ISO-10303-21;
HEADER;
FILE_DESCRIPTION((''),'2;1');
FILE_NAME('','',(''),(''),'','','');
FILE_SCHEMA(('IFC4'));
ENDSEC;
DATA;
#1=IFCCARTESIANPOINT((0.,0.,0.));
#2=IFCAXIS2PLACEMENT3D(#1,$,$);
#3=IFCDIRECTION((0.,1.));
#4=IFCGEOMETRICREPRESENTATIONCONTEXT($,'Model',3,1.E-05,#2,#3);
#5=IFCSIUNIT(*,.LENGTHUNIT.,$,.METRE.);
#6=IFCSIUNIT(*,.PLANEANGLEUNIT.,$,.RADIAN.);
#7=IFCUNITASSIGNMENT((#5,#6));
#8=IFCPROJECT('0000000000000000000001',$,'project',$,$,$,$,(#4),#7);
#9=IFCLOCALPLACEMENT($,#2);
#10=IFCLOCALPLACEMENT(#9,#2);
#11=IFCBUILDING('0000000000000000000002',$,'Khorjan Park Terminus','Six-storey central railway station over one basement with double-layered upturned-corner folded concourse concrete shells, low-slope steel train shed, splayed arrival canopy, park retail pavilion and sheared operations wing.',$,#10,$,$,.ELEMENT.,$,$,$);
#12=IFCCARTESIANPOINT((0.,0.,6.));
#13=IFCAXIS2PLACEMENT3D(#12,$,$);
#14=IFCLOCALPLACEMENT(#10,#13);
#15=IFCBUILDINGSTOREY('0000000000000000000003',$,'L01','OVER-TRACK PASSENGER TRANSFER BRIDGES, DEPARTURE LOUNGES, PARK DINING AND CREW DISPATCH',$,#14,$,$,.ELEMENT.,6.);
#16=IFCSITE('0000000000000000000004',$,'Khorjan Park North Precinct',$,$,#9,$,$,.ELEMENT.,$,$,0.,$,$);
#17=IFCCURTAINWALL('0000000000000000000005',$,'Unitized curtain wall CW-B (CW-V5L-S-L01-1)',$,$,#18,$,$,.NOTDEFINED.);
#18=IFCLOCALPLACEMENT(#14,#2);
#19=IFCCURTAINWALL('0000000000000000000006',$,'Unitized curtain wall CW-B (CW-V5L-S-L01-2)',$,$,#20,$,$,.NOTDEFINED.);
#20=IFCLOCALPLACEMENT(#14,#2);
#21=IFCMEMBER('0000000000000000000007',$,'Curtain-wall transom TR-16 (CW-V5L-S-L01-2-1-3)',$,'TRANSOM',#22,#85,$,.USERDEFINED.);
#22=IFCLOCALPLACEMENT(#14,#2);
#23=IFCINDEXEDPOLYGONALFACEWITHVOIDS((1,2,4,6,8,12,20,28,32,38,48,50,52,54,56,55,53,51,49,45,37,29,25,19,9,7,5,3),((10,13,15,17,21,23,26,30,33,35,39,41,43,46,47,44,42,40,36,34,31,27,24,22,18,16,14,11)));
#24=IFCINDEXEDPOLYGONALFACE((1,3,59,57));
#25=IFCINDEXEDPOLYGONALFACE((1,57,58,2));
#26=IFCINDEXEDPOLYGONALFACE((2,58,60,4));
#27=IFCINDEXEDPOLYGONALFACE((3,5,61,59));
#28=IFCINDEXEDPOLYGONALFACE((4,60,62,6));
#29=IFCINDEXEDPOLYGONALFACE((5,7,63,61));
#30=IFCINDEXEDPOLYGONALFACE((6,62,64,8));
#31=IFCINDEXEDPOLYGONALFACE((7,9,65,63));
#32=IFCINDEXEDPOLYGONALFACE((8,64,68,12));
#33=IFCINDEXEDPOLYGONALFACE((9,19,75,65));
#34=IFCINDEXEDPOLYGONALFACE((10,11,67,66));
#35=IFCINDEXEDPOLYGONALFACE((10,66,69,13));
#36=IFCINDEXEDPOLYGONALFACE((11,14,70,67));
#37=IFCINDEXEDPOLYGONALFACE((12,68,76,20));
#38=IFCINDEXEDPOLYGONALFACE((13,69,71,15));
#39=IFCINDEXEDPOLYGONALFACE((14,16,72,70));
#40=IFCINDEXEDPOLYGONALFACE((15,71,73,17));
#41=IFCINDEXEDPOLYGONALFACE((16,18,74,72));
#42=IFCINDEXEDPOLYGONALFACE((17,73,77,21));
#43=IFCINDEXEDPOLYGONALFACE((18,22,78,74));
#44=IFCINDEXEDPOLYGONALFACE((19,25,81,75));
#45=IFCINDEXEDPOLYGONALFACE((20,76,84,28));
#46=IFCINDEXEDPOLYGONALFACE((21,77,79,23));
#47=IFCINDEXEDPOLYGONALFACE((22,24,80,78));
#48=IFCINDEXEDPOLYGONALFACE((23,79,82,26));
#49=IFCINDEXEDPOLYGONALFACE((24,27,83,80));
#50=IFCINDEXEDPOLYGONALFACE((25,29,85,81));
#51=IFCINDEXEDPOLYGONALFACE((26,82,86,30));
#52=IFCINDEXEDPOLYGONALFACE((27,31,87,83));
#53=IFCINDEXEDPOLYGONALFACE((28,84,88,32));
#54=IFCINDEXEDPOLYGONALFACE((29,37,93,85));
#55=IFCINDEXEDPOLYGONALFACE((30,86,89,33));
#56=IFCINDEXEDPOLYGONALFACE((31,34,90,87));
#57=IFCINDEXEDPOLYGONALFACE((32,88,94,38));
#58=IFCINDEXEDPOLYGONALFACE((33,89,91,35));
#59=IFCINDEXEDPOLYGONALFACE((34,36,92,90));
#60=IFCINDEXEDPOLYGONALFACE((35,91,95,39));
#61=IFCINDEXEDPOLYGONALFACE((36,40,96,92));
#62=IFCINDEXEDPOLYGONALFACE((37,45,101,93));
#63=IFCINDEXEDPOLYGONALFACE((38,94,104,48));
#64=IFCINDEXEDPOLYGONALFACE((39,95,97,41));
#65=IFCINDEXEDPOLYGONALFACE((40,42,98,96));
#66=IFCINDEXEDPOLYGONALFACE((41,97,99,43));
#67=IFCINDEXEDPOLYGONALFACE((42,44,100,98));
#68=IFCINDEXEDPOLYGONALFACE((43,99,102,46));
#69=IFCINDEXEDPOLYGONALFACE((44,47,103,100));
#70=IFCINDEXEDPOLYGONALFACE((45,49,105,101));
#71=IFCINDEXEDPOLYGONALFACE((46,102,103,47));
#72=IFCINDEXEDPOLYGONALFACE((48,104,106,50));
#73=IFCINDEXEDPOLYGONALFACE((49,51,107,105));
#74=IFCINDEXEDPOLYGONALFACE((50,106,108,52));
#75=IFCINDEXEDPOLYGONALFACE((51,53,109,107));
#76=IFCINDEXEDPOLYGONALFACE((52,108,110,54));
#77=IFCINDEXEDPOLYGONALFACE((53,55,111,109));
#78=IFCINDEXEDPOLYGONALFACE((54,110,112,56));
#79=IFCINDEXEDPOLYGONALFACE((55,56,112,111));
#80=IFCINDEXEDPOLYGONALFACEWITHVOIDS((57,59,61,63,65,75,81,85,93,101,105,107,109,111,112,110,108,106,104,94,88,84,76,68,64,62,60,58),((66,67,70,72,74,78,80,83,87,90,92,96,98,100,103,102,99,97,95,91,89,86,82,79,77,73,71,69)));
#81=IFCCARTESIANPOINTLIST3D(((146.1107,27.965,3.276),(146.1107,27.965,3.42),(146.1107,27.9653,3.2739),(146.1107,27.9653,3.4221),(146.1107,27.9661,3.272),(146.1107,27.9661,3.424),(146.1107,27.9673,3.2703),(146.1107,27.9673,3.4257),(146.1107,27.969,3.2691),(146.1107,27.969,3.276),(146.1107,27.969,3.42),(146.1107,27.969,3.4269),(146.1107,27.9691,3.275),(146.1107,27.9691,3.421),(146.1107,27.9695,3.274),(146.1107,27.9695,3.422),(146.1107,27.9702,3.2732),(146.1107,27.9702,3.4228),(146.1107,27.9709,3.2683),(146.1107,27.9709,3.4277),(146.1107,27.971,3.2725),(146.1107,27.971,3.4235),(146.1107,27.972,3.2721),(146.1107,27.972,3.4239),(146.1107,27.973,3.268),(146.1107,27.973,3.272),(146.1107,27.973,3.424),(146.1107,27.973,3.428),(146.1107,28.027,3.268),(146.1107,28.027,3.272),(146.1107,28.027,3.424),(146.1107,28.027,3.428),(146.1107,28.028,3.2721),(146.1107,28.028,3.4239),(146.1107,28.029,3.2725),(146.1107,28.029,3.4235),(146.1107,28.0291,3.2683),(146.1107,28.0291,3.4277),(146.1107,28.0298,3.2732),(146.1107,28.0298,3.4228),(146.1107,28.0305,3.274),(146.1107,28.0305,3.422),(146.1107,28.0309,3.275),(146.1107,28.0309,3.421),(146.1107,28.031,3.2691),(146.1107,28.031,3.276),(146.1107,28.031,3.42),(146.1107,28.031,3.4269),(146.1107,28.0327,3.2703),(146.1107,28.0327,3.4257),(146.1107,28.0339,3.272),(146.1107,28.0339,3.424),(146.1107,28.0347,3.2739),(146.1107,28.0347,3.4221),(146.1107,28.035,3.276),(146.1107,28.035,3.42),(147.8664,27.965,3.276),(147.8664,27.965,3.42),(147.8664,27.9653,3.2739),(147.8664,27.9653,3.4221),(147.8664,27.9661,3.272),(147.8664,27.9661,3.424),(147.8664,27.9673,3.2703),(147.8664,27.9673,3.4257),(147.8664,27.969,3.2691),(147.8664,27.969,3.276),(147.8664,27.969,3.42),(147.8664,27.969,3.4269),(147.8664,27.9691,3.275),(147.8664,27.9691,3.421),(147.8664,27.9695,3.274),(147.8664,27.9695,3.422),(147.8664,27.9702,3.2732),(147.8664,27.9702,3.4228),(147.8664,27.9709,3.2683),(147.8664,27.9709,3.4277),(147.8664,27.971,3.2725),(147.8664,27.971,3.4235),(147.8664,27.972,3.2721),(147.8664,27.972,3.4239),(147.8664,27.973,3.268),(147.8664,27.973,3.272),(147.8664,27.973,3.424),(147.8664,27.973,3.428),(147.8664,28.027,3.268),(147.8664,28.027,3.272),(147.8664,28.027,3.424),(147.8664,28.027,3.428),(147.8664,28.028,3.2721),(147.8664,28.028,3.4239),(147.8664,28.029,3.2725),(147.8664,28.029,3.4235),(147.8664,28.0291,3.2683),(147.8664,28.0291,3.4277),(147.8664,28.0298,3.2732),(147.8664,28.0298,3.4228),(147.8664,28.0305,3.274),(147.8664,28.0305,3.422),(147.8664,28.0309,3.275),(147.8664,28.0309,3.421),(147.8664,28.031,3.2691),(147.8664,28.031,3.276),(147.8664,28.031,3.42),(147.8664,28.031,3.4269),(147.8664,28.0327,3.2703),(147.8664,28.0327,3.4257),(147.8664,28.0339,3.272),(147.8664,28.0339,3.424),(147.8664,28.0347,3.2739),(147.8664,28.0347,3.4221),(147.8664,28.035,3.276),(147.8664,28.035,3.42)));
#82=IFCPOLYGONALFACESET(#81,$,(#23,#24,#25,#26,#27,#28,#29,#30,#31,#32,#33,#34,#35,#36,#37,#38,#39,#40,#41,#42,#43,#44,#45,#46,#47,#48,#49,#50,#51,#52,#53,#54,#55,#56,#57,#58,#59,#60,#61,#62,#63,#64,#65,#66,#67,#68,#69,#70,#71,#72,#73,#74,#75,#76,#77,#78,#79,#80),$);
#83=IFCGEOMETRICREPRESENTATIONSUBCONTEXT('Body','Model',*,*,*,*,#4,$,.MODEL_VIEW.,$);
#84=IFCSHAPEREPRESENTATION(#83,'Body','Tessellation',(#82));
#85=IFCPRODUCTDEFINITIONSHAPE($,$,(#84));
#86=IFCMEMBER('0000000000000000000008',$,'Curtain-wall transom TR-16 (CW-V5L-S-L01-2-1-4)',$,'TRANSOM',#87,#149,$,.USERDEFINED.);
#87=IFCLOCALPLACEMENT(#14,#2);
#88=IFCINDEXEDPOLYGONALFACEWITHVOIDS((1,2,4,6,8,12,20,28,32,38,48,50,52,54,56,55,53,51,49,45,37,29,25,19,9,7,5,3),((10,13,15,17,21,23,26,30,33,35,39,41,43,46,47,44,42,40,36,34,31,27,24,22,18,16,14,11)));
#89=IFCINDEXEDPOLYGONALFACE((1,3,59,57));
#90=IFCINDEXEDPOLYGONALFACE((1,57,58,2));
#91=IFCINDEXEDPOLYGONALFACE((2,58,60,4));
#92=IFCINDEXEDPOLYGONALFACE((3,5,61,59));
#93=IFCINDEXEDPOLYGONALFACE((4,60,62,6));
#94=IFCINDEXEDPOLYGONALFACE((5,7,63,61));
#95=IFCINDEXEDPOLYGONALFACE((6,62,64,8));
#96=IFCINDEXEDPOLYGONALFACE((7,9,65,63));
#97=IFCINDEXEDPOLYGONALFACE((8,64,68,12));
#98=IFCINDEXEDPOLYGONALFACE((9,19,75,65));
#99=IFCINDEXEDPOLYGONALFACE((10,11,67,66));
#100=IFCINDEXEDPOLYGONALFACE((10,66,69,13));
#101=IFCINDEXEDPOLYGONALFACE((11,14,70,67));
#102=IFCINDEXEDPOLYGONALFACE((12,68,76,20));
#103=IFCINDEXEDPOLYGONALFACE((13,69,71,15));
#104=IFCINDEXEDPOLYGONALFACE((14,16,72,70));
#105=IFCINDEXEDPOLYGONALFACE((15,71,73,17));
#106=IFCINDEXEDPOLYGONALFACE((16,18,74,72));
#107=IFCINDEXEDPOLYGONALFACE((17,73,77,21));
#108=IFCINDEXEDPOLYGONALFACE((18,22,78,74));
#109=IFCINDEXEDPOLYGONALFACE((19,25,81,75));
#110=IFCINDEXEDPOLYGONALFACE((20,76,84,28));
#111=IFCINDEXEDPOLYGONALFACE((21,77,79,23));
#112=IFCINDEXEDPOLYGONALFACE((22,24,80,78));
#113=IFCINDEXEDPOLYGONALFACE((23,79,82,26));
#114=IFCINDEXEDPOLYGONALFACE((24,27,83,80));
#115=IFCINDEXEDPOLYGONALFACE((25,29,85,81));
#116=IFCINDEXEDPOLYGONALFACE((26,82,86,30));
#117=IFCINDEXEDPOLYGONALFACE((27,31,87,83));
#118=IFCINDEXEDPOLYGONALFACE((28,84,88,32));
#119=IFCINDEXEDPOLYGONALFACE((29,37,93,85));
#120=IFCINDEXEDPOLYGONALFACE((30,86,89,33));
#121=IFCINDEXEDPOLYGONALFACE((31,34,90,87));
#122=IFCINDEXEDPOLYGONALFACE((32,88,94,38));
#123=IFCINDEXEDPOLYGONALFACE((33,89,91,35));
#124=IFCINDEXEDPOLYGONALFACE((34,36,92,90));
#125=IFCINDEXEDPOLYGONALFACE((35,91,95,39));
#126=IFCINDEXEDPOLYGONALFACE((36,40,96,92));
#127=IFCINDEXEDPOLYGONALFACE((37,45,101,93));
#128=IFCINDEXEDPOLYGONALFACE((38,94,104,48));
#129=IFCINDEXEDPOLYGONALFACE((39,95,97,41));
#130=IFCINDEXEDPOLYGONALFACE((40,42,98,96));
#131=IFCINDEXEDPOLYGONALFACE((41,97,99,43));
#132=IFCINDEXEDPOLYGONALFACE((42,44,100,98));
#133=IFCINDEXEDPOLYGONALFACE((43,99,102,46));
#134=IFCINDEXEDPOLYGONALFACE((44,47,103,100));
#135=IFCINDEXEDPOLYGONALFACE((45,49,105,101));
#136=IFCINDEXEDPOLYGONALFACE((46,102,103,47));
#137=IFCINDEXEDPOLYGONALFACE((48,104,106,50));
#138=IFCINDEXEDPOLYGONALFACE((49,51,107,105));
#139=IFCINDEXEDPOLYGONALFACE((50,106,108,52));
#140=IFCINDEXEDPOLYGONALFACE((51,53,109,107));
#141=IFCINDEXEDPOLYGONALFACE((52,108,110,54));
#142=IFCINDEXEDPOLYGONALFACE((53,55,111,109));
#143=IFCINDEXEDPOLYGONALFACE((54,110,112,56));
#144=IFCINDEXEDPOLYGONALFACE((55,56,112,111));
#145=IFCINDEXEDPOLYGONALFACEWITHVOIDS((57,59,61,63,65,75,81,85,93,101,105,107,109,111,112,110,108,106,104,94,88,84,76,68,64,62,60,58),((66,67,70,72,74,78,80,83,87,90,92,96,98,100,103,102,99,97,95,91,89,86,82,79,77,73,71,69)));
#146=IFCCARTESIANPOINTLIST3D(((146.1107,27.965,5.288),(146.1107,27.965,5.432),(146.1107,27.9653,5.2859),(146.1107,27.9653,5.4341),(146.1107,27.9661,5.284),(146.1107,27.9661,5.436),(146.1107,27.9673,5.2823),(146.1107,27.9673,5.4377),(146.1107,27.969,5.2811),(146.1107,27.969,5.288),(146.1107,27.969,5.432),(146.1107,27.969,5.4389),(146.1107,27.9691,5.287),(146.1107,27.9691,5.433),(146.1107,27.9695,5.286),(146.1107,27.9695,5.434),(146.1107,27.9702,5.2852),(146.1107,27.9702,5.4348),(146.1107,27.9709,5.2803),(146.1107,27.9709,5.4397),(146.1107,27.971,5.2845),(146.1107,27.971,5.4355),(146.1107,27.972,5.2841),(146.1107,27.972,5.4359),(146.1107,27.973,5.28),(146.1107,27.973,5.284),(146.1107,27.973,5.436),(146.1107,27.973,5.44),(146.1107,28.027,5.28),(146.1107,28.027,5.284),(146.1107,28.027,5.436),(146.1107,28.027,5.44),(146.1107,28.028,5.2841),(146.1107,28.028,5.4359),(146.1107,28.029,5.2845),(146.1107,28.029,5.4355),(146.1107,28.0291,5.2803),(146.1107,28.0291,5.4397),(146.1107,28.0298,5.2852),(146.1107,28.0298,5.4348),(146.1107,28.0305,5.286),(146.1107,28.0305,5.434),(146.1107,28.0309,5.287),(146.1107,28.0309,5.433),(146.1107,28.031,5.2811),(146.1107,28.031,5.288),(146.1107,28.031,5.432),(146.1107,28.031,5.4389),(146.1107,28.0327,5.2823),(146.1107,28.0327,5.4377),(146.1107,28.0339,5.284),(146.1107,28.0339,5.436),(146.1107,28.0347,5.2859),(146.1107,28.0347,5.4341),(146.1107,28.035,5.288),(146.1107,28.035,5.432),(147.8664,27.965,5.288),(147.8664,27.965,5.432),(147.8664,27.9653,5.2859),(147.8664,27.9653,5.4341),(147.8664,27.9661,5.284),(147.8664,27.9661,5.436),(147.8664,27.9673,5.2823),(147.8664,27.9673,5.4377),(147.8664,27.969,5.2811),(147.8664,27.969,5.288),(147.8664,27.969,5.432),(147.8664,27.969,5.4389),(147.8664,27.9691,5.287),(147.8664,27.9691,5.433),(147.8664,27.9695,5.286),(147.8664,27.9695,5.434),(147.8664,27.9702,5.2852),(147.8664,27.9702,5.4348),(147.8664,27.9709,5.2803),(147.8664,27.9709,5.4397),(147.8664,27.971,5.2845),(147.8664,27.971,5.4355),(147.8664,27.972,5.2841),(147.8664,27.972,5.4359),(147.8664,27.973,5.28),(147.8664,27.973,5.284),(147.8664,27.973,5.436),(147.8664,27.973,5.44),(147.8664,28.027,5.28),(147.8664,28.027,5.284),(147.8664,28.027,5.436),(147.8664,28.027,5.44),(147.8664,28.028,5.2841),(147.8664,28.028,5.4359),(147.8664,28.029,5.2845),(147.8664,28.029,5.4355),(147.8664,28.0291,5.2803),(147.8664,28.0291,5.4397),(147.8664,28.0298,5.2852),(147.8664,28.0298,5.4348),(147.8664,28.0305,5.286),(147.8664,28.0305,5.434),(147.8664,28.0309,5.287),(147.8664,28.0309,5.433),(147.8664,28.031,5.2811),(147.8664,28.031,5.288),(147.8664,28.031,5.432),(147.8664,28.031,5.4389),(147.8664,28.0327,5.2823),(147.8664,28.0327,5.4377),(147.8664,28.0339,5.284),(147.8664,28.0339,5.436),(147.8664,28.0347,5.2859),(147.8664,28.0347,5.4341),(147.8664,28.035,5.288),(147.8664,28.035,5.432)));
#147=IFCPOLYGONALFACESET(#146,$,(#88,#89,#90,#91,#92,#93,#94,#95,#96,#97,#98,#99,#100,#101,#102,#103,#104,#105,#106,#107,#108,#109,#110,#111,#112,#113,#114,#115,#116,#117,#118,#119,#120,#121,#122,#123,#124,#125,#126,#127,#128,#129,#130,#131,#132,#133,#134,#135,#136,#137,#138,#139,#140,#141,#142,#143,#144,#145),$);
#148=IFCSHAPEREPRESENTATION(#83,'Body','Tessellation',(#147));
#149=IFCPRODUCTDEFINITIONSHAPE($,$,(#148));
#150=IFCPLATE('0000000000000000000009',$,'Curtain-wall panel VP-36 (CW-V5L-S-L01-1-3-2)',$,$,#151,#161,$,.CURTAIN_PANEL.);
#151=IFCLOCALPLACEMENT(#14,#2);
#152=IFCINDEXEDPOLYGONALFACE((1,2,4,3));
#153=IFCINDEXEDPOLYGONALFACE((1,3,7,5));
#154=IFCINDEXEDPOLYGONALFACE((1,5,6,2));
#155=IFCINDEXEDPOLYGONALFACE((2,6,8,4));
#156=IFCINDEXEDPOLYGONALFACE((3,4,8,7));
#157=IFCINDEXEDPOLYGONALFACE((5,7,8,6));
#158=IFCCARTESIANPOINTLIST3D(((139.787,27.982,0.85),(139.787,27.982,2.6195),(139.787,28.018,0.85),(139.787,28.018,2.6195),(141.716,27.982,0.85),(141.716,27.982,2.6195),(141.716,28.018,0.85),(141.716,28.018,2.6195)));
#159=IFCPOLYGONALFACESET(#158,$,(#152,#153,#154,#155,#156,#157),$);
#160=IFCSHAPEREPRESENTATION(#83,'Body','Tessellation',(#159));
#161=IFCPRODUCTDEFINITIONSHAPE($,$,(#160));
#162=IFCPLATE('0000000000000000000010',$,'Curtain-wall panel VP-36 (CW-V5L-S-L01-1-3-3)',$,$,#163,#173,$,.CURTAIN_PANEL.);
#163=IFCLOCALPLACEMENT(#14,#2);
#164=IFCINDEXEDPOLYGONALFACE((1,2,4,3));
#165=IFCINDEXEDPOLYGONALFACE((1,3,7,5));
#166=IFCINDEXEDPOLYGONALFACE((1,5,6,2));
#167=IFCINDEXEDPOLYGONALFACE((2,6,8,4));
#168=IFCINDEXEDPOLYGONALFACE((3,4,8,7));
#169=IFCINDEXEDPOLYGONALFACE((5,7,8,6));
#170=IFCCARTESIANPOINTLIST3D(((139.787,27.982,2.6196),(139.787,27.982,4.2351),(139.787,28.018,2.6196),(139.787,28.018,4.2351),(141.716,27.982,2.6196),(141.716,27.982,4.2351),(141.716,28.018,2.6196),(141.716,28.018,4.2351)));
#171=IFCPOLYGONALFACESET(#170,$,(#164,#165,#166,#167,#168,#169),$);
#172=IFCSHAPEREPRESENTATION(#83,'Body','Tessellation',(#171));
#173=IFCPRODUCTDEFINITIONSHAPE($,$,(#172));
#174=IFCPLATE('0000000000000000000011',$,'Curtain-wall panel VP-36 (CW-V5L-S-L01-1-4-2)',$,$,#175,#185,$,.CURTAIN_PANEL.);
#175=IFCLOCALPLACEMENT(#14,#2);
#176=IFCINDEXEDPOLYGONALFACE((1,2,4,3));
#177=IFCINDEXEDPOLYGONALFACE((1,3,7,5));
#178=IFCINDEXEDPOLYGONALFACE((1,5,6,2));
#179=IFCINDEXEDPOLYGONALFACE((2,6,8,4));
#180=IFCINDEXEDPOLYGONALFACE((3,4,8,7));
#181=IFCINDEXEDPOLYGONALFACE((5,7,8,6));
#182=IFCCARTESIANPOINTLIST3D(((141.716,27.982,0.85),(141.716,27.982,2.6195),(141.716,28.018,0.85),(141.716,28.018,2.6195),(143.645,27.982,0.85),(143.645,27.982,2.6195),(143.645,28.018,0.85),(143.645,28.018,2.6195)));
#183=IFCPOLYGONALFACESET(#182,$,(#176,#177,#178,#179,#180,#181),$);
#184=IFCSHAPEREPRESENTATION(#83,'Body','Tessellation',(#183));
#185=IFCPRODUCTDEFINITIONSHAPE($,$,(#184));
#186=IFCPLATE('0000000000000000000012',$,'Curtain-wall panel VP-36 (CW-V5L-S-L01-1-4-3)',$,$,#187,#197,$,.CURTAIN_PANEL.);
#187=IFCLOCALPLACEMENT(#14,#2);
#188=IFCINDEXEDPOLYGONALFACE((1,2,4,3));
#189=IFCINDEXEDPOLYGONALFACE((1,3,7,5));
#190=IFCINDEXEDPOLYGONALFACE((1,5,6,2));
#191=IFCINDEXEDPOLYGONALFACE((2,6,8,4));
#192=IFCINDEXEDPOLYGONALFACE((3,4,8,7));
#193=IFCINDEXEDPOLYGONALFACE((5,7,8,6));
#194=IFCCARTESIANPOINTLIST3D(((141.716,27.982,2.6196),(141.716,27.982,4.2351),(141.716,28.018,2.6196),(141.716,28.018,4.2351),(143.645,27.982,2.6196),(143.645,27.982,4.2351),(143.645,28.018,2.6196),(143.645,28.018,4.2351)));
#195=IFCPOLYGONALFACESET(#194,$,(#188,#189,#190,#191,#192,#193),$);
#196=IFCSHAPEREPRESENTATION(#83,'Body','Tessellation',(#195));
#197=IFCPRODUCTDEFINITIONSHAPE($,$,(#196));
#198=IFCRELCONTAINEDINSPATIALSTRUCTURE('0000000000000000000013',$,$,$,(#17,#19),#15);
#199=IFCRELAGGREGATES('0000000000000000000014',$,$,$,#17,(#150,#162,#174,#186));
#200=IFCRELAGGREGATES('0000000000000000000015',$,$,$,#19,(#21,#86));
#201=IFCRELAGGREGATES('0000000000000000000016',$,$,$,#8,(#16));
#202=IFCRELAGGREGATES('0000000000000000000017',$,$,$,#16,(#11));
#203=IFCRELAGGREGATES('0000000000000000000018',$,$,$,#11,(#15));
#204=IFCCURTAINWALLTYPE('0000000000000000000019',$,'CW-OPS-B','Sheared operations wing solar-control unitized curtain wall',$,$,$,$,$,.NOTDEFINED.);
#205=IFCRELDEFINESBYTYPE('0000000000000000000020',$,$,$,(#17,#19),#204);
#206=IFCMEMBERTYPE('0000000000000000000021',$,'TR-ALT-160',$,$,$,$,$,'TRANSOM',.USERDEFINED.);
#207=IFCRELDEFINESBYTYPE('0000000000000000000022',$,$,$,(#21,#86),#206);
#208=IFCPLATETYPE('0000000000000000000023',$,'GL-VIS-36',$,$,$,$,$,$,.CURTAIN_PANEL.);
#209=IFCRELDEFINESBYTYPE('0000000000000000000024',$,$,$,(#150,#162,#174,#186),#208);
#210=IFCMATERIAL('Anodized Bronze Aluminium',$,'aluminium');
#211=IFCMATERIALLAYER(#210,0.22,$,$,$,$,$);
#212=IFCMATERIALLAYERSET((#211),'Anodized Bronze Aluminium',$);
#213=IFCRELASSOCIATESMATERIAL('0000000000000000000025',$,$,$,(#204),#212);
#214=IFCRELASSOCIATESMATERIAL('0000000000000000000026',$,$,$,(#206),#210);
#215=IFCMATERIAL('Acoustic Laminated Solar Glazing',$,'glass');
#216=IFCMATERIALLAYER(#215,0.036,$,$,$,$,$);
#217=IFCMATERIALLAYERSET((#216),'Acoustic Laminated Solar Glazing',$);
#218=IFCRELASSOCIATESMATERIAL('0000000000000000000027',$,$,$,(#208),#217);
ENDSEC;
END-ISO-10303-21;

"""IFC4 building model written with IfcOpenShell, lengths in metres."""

from ifc_helpers import new_model, si_unit, direction, frame, origin, origin_2d, place, context, subcontext, project, spatial, rectangle, hollow_rectangle, extrude, material, layer, layer_set, material_profile, profile_set, type_object, element, aggregate, save


model = new_model("IFC4")

# Units and contexts
model_context = context("Model", 3, precision=1e-05, world=origin(), true_north=direction((0.0, 1.0)))
body_context = subcontext(model_context, "Body", "Model", "MODEL_VIEW")
ifc_project = project(units=[si_unit("LENGTHUNIT", "METRE"), si_unit("PLANEANGLEUNIT", "RADIAN")], contexts=[model_context])

# Site, building, storey
site_placement = place(None, origin())
site = spatial("IfcSite", under=ifc_project, at=site_placement, Name="Khorjan Park North Precinct", CompositionType="ELEMENT", RefElevation=0.0)
building_placement = place(site_placement, origin())
building = spatial("IfcBuilding", under=site, at=building_placement, Name="Khorjan Park Terminus", Description="Six-storey central railway station over one basement with double-layered upturned-corner folded concourse concrete shells, low-slope steel train shed, splayed arrival canopy, park retail pavilion and sheared operations wing.", CompositionType="ELEMENT")
storey_placement = place(building_placement, frame((0.0, 0.0, 6.0)))
storey = spatial("IfcBuildingStorey", under=building, at=storey_placement, Name="L01", Description="OVER-TRACK PASSENGER TRANSFER BRIDGES, DEPARTURE LOUNGES, PARK DINING AND CREW DISPATCH", CompositionType="ELEMENT", Elevation=6.0)

# Curtain walls
ifc_material_1 = material(Name="Anodized Bronze Aluminium", Category="aluminium")
ifc_layer_1 = layer(ifc_material_1, 0.22)
ifc_layer_set_1 = layer_set([ifc_layer_1], Name="Anodized Bronze Aluminium")
curtain_wall_type = type_object("IfcCurtainWallType", Name="CW-OPS-B", Description="Sheared operations wing solar-control unitized curtain wall", PredefinedType="NOTDEFINED", material=ifc_layer_set_1)
curtain_wall_1_placement = place(storey_placement, origin())
curtain_wall_1 = element("IfcCurtainWall", 1, at=curtain_wall_1_placement, inside=storey, type_object=curtain_wall_type, Name="Unitized curtain wall CW-B (CW-V5L-S-L01-1)", PredefinedType="NOTDEFINED")
curtain_wall_2_placement = place(storey_placement, origin())
curtain_wall_2 = element("IfcCurtainWall", 2, at=curtain_wall_2_placement, inside=storey, type_object=curtain_wall_type, Name="Unitized curtain wall CW-B (CW-V5L-S-L01-2)", PredefinedType="NOTDEFINED")

# Members
ifc_material_profile_1 = material_profile(ifc_material_1, hollow_rectangle(XDim=0.07, YDim=0.16, WallThickness=0.004, InnerFilletRadius=0.004, OuterFilletRadius=0.008, at=origin_2d()), Name="ALT 70x160x4")
ifc_profile_set_1 = profile_set([ifc_material_profile_1], Name="Anodized Bronze Aluminium")
member_type_1 = type_object("IfcMemberType", Name="TR-ALT-160", ElementType="TRANSOM", PredefinedType="USERDEFINED", material=ifc_profile_set_1)
member_1_placement = place(storey_placement, frame((146.1107, 28.0, 3.348), z_axis=(1.0, 0.0, 0.0), x_axis=(0.0, 1.0, 0.0)))
member_1 = element("IfcMember", 3, at=member_1_placement, type_object=member_type_1, Name="Curtain-wall transom TR-16 (CW-V5L-S-L01-2-1-3)", ObjectType="TRANSOM", PredefinedType="USERDEFINED", context=body_context, shape_type="SweptSolid", body=[
    extrude(hollow_rectangle(XDim=0.07, YDim=0.16, WallThickness=0.004, InnerFilletRadius=0.004, OuterFilletRadius=0.008, at=origin_2d()), origin(), (0.0, 0.0, 1.0), 1.7557),
])
member_2_placement = place(storey_placement, frame((146.1107, 28.0, 5.36), z_axis=(1.0, 0.0, 0.0), x_axis=(0.0, 1.0, 0.0)))
member_2 = element("IfcMember", 4, at=member_2_placement, type_object=member_type_1, Name="Curtain-wall transom TR-16 (CW-V5L-S-L01-2-1-4)", ObjectType="TRANSOM", PredefinedType="USERDEFINED", context=body_context, shape_type="SweptSolid", body=[
    extrude(hollow_rectangle(XDim=0.07, YDim=0.16, WallThickness=0.004, InnerFilletRadius=0.004, OuterFilletRadius=0.008, at=origin_2d()), origin(), (0.0, 0.0, 1.0), 1.7557),
])

# Plates
ifc_material_2 = material(Name="Acoustic Laminated Solar Glazing", Category="glass")
ifc_layer_2 = layer(ifc_material_2, 0.036)
ifc_layer_set_2 = layer_set([ifc_layer_2], Name="Acoustic Laminated Solar Glazing")
plate_type_1 = type_object("IfcPlateType", Name="GL-VIS-36", PredefinedType="CURTAIN_PANEL", material=ifc_layer_set_2)
plate_1_placement = place(storey_placement, frame((140.7515, 28.0, 0.85), z_axis=(0.0, 0.0, 1.0), x_axis=(1.0, 0.0, 0.0)))
plate_1 = element("IfcPlate", 5, at=plate_1_placement, type_object=plate_type_1, Name="Curtain-wall panel VP-36 (CW-V5L-S-L01-1-3-2)", PredefinedType="CURTAIN_PANEL", context=body_context, shape_type="SweptSolid", body=[
    extrude(rectangle(XDim=1.929, YDim=0.036, at=origin_2d()), origin(), (0.0, 0.0, 1.0), 1.7695),
])
plate_2_placement = place(storey_placement, frame((140.7515, 28.0, 2.6196), z_axis=(0.0, 0.0, 1.0), x_axis=(1.0, 0.0, 0.0)))
plate_2 = element("IfcPlate", 6, at=plate_2_placement, type_object=plate_type_1, Name="Curtain-wall panel VP-36 (CW-V5L-S-L01-1-3-3)", PredefinedType="CURTAIN_PANEL", context=body_context, shape_type="SweptSolid", body=[
    extrude(rectangle(XDim=1.929, YDim=0.036, at=origin_2d()), origin(), (0.0, 0.0, 1.0), 1.6155),
])
plate_3_placement = place(storey_placement, frame((142.6805, 28.0, 0.85), z_axis=(0.0, 0.0, 1.0), x_axis=(1.0, 0.0, 0.0)))
plate_3 = element("IfcPlate", 7, at=plate_3_placement, type_object=plate_type_1, Name="Curtain-wall panel VP-36 (CW-V5L-S-L01-1-4-2)", PredefinedType="CURTAIN_PANEL", context=body_context, shape_type="SweptSolid", body=[
    extrude(rectangle(XDim=1.929, YDim=0.036, at=origin_2d()), origin(), (0.0, 0.0, 1.0), 1.7695),
])
plate_4_placement = place(storey_placement, frame((142.6805, 28.0, 2.6196), z_axis=(0.0, 0.0, 1.0), x_axis=(1.0, 0.0, 0.0)))
plate_4 = element("IfcPlate", 8, at=plate_4_placement, type_object=plate_type_1, Name="Curtain-wall panel VP-36 (CW-V5L-S-L01-1-4-3)", PredefinedType="CURTAIN_PANEL", context=body_context, shape_type="SweptSolid", body=[
    extrude(rectangle(XDim=1.929, YDim=0.036, at=origin_2d()), origin(), (0.0, 0.0, 1.0), 1.6155),
])
aggregate(curtain_wall_1, [plate_1, plate_2, plate_3, plate_4])
aggregate(curtain_wall_2, [member_1, member_2])

save(model, "model.ifc")
